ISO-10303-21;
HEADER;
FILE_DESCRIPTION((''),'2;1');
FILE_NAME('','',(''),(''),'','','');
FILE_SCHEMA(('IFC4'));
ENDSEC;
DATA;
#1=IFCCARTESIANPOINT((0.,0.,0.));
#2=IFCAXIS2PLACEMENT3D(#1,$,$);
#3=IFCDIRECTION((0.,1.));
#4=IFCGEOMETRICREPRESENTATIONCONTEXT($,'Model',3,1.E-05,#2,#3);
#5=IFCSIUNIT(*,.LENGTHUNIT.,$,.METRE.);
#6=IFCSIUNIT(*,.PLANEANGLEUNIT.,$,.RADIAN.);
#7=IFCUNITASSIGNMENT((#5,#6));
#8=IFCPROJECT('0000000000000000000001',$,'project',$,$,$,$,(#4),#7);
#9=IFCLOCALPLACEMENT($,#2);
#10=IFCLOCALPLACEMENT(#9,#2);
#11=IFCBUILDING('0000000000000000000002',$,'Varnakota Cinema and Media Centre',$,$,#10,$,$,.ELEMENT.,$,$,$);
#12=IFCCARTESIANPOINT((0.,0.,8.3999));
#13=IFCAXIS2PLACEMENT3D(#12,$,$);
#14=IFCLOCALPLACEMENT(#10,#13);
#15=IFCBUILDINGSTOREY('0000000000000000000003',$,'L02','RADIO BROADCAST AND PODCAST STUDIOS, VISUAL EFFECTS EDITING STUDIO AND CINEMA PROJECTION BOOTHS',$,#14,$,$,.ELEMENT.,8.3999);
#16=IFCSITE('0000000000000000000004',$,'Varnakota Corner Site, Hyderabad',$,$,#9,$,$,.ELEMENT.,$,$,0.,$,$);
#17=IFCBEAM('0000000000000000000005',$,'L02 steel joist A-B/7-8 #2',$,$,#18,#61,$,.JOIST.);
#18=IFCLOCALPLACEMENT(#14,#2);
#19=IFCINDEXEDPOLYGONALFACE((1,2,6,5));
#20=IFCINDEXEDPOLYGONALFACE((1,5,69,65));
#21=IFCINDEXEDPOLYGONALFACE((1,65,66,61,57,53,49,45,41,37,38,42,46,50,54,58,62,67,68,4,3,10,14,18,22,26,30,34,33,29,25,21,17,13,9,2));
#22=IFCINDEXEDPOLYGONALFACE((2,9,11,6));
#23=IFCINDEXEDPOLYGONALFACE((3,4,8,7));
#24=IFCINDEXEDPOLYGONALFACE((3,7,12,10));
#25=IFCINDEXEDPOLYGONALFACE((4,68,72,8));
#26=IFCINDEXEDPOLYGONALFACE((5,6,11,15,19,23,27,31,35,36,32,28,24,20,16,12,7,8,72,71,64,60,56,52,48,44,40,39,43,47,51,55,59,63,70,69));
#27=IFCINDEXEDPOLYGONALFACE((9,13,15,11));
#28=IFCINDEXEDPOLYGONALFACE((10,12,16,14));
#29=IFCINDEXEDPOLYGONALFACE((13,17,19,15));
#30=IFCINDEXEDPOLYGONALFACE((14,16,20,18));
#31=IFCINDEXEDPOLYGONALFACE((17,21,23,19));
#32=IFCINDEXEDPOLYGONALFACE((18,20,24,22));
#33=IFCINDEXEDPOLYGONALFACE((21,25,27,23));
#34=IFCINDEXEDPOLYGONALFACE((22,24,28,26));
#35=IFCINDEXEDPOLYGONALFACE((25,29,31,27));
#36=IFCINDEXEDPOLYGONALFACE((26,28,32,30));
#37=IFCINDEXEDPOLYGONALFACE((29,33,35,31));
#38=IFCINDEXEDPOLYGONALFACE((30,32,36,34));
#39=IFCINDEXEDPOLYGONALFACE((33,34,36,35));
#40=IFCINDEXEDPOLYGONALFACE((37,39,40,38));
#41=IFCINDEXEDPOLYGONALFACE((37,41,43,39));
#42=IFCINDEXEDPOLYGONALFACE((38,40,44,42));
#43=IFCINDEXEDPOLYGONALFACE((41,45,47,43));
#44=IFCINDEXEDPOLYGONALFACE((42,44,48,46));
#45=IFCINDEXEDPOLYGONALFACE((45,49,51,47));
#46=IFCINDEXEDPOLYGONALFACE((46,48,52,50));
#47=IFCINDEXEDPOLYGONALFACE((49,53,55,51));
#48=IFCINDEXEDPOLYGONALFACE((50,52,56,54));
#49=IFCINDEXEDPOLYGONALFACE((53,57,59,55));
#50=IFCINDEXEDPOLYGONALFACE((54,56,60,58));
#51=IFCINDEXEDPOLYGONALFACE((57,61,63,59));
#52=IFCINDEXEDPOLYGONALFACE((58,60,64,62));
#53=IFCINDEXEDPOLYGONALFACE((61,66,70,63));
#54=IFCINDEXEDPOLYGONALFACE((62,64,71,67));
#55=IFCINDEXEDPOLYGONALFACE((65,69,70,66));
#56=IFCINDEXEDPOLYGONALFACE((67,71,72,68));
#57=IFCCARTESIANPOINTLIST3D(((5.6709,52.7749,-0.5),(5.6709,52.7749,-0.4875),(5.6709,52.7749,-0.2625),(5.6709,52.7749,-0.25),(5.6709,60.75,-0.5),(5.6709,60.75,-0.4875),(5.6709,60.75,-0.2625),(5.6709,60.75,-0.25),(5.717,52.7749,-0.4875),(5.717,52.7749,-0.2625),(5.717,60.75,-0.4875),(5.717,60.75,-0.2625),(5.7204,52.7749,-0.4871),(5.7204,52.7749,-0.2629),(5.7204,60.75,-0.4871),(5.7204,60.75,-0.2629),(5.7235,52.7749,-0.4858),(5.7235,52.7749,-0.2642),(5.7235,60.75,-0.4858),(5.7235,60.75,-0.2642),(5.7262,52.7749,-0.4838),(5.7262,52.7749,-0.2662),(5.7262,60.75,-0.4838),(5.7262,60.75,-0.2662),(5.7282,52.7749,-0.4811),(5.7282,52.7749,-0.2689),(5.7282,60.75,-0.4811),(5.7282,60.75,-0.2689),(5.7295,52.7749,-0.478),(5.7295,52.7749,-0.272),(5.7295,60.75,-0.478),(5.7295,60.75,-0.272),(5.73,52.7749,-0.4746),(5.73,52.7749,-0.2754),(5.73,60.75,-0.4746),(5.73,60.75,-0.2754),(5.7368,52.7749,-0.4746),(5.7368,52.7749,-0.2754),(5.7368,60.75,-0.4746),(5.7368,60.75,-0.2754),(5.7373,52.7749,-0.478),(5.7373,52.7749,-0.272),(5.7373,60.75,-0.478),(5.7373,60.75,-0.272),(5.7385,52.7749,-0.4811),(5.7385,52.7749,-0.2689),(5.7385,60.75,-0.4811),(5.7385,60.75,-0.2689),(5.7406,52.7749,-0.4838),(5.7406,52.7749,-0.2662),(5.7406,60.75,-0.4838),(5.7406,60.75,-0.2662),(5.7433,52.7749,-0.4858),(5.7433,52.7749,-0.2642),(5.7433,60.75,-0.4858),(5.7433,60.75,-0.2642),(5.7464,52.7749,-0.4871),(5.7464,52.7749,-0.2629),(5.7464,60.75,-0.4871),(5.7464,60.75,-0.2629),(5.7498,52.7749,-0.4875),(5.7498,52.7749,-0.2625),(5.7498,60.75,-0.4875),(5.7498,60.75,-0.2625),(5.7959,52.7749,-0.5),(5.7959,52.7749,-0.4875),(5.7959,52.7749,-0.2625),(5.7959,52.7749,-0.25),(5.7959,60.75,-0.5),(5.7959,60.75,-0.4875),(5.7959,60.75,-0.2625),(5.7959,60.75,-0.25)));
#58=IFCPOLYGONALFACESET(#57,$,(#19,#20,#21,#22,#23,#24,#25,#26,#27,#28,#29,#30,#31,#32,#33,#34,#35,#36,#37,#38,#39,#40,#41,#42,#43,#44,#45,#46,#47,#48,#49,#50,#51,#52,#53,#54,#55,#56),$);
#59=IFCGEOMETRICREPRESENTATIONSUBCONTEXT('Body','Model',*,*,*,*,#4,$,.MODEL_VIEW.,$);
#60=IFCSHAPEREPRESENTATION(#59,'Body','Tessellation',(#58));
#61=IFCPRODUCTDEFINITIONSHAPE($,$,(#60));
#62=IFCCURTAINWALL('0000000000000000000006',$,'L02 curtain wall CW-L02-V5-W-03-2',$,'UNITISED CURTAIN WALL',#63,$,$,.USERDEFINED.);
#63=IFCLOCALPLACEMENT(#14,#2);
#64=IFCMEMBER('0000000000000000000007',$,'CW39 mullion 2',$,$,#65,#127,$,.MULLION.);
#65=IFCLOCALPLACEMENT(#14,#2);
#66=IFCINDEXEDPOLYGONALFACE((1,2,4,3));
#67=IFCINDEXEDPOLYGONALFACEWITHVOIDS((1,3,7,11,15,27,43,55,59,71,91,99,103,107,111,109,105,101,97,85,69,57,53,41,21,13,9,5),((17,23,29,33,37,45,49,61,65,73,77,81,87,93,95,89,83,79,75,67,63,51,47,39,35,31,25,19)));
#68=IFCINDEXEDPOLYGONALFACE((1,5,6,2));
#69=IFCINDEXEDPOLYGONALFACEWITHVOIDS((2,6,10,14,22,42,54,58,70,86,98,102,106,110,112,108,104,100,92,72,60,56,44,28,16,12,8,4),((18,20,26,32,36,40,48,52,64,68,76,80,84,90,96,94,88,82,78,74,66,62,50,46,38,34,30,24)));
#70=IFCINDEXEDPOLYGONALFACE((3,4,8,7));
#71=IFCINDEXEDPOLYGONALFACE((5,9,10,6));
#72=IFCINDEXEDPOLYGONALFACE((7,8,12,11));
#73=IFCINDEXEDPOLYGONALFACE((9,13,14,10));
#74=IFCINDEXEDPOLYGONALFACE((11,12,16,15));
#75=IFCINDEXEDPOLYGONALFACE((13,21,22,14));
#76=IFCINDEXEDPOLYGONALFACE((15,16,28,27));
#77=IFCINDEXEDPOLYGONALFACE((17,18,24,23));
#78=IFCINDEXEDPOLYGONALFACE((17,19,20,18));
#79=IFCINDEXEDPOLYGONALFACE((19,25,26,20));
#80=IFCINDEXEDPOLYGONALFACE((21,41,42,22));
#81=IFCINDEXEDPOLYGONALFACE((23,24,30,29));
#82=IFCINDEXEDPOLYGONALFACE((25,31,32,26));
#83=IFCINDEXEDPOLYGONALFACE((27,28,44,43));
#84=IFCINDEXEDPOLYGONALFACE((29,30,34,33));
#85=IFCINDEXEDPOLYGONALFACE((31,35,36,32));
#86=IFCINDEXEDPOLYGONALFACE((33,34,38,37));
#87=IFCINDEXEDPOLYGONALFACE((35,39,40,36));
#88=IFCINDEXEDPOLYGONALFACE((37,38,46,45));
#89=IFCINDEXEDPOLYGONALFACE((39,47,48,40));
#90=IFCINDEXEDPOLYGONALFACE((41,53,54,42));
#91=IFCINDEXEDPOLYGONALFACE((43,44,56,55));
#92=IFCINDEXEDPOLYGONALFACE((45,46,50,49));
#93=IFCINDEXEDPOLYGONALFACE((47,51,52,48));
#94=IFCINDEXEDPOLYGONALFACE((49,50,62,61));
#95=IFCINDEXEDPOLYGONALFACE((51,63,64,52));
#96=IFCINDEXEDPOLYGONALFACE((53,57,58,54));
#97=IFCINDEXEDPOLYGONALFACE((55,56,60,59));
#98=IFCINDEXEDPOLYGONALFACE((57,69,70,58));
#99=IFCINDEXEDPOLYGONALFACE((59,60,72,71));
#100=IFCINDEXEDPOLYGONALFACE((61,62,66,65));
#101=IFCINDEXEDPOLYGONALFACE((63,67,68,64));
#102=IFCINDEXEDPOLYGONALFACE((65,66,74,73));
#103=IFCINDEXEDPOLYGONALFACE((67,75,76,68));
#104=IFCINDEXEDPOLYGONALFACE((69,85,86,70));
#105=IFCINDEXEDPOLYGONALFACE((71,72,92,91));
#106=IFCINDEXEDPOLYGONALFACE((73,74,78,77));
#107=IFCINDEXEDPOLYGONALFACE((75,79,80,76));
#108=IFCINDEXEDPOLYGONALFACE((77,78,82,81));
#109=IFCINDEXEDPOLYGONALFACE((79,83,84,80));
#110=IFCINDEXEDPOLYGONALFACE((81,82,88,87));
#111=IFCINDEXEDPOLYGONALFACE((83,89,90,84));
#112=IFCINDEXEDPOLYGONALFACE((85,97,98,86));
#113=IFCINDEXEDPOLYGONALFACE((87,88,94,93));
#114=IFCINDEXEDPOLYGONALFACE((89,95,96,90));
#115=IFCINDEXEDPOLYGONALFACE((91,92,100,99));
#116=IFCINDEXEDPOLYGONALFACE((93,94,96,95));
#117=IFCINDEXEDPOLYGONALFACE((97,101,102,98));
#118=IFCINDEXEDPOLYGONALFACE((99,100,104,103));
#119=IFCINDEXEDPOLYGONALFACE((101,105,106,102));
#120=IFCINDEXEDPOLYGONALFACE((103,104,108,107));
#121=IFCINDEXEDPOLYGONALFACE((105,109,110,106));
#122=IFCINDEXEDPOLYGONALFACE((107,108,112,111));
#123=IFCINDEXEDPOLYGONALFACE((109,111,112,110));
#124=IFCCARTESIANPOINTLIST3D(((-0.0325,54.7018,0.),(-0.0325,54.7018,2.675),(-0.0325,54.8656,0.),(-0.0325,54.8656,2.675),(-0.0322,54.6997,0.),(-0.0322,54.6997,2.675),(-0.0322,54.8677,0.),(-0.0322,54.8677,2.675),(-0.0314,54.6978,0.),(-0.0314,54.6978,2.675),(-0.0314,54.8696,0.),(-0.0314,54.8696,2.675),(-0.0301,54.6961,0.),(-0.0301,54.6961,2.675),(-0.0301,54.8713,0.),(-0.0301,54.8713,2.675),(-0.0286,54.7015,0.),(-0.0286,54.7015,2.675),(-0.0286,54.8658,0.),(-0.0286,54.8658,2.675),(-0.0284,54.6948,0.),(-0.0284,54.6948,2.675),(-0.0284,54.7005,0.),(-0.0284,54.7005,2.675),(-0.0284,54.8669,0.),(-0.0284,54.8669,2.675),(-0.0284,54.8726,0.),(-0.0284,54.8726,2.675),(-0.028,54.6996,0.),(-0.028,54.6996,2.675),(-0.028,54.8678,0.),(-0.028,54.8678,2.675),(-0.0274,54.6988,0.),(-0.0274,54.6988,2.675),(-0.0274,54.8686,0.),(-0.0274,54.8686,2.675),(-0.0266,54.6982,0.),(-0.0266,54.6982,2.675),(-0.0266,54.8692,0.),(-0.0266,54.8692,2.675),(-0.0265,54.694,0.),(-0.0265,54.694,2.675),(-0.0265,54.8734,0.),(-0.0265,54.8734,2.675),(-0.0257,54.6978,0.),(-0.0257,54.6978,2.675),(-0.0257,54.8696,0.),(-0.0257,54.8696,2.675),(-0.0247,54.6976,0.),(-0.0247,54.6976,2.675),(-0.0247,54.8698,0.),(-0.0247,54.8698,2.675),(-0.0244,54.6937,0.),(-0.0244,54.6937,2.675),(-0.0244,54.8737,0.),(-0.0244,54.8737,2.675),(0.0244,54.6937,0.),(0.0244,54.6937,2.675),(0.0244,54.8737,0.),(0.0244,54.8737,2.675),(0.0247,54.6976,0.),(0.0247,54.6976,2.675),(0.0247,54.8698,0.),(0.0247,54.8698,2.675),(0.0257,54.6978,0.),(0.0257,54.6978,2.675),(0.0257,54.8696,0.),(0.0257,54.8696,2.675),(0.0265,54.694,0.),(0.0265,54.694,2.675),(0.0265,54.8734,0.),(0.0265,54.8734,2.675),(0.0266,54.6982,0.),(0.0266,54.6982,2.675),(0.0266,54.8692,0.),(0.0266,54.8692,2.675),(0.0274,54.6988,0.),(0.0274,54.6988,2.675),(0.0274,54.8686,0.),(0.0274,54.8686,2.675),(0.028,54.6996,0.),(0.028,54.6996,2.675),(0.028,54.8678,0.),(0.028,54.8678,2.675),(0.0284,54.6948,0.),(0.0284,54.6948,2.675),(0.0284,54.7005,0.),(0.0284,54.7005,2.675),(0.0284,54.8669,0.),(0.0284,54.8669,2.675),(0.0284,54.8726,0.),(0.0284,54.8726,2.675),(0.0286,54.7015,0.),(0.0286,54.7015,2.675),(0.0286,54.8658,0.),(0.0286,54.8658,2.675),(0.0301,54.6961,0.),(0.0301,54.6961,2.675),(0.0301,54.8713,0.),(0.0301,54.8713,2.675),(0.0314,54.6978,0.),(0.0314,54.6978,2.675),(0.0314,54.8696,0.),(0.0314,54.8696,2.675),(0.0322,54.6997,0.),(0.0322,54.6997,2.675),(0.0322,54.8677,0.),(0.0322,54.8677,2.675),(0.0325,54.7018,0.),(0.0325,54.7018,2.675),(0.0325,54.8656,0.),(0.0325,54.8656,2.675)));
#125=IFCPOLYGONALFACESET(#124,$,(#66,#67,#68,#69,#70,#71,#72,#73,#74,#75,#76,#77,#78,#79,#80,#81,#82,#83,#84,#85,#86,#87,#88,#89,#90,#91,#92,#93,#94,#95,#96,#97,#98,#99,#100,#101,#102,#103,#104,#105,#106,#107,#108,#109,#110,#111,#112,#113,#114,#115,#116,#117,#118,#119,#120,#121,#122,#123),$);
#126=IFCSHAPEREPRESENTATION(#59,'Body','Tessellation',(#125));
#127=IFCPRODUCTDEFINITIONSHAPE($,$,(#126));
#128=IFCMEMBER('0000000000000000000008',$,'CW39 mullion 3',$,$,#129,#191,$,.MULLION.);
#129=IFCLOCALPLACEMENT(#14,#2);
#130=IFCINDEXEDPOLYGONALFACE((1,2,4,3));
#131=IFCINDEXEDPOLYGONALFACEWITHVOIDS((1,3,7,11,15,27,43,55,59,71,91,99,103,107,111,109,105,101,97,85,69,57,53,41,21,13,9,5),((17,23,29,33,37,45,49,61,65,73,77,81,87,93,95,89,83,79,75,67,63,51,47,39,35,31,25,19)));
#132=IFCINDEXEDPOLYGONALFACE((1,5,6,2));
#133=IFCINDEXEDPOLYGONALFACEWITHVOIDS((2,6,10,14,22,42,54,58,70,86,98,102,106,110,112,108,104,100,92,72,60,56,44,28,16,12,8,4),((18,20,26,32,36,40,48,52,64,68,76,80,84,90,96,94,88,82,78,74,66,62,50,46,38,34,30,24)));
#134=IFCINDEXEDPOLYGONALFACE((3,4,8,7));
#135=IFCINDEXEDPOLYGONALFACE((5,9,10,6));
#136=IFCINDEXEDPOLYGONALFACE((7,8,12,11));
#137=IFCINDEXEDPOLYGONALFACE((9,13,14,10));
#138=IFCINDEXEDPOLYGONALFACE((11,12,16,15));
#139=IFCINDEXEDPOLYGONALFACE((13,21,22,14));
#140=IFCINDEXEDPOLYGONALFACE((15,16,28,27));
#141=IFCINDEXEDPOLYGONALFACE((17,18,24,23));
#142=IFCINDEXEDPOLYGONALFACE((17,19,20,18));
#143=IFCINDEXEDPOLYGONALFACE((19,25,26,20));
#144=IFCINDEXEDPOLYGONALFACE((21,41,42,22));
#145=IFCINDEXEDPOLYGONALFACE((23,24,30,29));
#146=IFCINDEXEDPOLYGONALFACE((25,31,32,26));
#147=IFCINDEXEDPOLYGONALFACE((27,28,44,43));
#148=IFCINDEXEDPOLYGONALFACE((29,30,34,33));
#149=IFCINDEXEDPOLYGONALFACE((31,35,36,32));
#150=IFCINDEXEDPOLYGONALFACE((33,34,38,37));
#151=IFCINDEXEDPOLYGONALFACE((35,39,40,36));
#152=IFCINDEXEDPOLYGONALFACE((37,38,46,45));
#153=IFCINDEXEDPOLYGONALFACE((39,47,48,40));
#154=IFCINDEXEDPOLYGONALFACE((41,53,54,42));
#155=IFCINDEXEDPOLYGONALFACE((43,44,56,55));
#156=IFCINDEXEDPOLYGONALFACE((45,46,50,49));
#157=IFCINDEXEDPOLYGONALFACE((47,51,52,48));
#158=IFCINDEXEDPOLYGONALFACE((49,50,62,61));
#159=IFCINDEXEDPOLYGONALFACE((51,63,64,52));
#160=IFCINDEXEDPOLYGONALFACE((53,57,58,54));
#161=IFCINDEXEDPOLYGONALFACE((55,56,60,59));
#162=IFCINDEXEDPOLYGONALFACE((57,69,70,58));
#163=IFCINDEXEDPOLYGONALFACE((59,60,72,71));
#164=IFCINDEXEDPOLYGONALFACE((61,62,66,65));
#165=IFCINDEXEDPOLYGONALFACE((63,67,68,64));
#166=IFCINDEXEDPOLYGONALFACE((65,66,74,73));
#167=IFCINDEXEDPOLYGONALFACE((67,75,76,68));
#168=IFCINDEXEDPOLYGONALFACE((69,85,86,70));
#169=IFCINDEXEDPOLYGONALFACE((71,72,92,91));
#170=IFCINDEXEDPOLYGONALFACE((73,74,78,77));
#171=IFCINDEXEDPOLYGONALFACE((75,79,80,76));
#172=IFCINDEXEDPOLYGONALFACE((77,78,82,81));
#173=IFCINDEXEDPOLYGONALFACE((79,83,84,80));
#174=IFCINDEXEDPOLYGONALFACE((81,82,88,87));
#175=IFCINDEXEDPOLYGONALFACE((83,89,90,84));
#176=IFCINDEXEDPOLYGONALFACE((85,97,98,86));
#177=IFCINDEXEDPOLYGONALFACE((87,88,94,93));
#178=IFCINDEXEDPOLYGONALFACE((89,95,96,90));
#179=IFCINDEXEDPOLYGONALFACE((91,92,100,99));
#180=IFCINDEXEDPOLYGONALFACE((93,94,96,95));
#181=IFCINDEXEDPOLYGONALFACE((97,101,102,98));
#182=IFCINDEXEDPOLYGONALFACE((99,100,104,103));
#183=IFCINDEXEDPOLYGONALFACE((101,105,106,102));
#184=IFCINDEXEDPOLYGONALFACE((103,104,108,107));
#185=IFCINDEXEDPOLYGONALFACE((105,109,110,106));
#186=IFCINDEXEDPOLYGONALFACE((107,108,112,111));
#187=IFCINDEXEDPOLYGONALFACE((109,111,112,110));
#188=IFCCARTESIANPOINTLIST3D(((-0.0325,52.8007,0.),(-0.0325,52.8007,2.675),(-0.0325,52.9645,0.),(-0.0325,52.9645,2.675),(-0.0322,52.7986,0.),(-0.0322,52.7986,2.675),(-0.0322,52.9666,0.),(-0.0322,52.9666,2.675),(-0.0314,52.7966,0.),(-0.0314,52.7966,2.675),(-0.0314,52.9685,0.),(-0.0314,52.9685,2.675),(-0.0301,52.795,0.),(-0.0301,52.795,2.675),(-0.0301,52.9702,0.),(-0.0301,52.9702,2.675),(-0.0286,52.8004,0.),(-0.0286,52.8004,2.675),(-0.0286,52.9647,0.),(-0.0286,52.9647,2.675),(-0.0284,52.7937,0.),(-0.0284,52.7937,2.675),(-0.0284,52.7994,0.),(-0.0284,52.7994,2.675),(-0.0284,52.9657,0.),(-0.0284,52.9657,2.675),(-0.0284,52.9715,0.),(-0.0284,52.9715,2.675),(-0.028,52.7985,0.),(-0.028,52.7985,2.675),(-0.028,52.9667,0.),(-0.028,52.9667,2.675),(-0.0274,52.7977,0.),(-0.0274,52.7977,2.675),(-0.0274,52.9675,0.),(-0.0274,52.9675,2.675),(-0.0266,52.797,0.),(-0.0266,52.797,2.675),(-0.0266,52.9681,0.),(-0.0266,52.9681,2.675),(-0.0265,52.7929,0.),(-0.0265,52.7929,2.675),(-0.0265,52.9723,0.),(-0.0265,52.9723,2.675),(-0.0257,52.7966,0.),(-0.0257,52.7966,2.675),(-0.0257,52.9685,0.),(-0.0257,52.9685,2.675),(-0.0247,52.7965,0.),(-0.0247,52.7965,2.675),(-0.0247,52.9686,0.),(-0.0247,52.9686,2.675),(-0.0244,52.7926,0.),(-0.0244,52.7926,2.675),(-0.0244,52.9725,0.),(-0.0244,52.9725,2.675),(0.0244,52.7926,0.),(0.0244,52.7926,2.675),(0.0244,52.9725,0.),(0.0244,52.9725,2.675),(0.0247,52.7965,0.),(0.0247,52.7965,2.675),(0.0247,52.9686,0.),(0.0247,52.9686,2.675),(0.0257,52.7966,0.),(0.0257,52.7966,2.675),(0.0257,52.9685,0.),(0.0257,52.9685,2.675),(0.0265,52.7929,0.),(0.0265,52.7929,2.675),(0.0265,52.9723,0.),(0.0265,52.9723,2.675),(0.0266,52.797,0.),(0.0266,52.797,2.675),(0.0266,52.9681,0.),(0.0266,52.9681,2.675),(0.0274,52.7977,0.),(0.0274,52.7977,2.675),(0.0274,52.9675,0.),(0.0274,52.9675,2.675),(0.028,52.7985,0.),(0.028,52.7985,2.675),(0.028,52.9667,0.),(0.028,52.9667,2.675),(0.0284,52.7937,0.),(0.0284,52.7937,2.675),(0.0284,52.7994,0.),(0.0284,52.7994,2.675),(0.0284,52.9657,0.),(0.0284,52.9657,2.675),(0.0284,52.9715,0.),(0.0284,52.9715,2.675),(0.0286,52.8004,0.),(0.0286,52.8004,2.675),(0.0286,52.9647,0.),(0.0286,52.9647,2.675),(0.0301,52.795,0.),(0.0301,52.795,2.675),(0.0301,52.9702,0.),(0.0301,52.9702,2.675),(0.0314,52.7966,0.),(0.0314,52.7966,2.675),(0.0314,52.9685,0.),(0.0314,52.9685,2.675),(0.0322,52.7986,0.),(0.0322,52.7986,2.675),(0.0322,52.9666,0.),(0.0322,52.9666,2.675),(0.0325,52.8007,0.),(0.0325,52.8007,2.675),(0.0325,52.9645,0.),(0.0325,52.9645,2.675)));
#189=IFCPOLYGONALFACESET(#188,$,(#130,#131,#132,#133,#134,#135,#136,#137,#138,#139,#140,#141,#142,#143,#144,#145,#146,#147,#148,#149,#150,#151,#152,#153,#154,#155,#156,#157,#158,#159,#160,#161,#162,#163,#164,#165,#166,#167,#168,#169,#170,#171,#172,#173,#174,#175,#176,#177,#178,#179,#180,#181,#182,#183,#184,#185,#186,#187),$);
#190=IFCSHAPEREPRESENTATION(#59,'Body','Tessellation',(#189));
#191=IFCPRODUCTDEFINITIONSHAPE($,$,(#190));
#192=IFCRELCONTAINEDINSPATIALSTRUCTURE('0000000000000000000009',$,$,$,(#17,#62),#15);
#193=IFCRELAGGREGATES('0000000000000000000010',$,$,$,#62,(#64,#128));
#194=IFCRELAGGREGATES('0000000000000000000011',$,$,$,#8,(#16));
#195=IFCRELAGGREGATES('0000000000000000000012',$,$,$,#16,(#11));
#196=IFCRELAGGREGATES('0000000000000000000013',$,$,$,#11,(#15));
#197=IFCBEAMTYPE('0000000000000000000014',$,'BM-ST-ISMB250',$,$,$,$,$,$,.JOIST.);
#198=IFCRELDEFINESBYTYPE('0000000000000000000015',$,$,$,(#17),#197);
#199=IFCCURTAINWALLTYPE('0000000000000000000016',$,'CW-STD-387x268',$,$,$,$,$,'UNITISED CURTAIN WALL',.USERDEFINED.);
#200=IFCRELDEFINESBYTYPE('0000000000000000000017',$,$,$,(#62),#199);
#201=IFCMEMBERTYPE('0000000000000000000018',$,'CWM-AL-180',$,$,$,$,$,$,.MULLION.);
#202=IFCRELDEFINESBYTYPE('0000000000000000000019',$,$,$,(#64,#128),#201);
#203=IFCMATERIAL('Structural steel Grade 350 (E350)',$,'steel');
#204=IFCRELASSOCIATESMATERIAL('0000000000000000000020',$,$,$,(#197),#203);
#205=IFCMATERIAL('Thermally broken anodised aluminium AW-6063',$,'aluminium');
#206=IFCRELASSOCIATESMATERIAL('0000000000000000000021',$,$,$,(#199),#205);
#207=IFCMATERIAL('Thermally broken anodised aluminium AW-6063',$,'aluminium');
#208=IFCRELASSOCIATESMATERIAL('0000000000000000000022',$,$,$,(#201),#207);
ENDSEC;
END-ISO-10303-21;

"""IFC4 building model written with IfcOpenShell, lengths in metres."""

from ifc_helpers import new_model, si_unit, direction, frame, origin, origin_2d, place, context, subcontext, project, spatial, hollow_rectangle, i_section, extrude, material, material_profile, profile_set, type_object, element, aggregate, save


model = new_model("IFC4")

# Units and contexts
model_context = context("Model", 3, precision=1e-05, world=origin(), true_north=direction((0.0, 1.0)))
body_context = subcontext(model_context, "Body", "Model", "MODEL_VIEW")
ifc_project = project(units=[si_unit("LENGTHUNIT", "METRE"), si_unit("PLANEANGLEUNIT", "RADIAN")], contexts=[model_context])

# Site, building, storey
site_placement = place(None, origin())
site = spatial("IfcSite", under=ifc_project, at=site_placement, Name="Varnakota Corner Site, Hyderabad", CompositionType="ELEMENT", RefElevation=0.0)
building_placement = place(site_placement, origin())
building = spatial("IfcBuilding", under=site, at=building_placement, Name="Varnakota Cinema and Media Centre", CompositionType="ELEMENT")
storey_placement = place(building_placement, frame((0.0, 0.0, 8.3999)))
storey = spatial("IfcBuildingStorey", under=building, at=storey_placement, Name="L02", Description="RADIO BROADCAST AND PODCAST STUDIOS, VISUAL EFFECTS EDITING STUDIO AND CINEMA PROJECTION BOOTHS", CompositionType="ELEMENT", Elevation=8.3999)

# Beam
ifc_material_1 = material(Name="Structural steel Grade 350 (E350)", Category="steel")
ifc_material_profile_1 = material_profile(ifc_material_1, i_section(OverallWidth=0.125, OverallDepth=0.25, WebThickness=0.0068, FlangeThickness=0.0125, FilletRadius=0.0129, at=origin_2d()), Name="ISMB 250")
ifc_profile_set_1 = profile_set([ifc_material_profile_1], Name="Structural steel Grade 350 (E350)")
beam_type_1 = type_object("IfcBeamType", Name="BM-ST-ISMB250", PredefinedType="JOIST", material=ifc_profile_set_1)
for number, where, z_axis, x_axis, name in (
    (1, (5.7334, 52.7749, -0.375), (0.0, 1.0, 0.0), (-1.0, 0.0, 0.0), "L02 steel joist A-B/7-8 #2"),
):
    element("IfcBeam", number, at=place(storey_placement, frame(where, z_axis=z_axis, x_axis=x_axis)), inside=storey, type_object=beam_type_1, Name=name, PredefinedType="JOIST", context=body_context, shape_type="SweptSolid", body=[
        extrude(i_section(OverallWidth=0.125, OverallDepth=0.25, WebThickness=0.0068, FlangeThickness=0.0125, FilletRadius=0.0129, at=origin_2d()), origin(), (0.0, 0.0, 1.0), 7.9751),
    ])

# Curtain wall, members
ifc_material_2 = material(Name="Thermally broken anodised aluminium AW-6063", Category="aluminium")
curtain_wall_type = type_object("IfcCurtainWallType", Name="CW-STD-387x268", ElementType="UNITISED CURTAIN WALL", PredefinedType="USERDEFINED", material=ifc_material_2)
curtain_wall_placement = place(storey_placement, origin())
curtain_wall = element("IfcCurtainWall", 2, at=curtain_wall_placement, inside=storey, type_object=curtain_wall_type, Name="L02 curtain wall CW-L02-V5-W-03-2", ObjectType="UNITISED CURTAIN WALL", PredefinedType="USERDEFINED")
ifc_material_3 = material(Name="Thermally broken anodised aluminium AW-6063", Category="aluminium")
ifc_material_profile_2 = material_profile(ifc_material_3, hollow_rectangle(XDim=0.0649, YDim=0.1799, WallThickness=0.0039, InnerFilletRadius=0.0039, OuterFilletRadius=0.0081, at=origin_2d()), Name="AL-MULLION 180x65x4")
ifc_profile_set_2 = profile_set([ifc_material_profile_2], Name="Thermally broken anodised aluminium AW-6063")
member_type_1 = type_object("IfcMemberType", Name="CWM-AL-180", PredefinedType="MULLION", material=ifc_profile_set_2)
member_1_placement = place(storey_placement, frame((0.0, 54.7837, 0.0), z_axis=(0.0, 0.0, 1.0), x_axis=(1.0, 0.0, 0.0)))
member_1 = element("IfcMember", 3, at=member_1_placement, type_object=member_type_1, Name="CW39 mullion 2", PredefinedType="MULLION", context=body_context, shape_type="SweptSolid", body=[
    extrude(hollow_rectangle(XDim=0.0649, YDim=0.1799, WallThickness=0.0039, InnerFilletRadius=0.0039, OuterFilletRadius=0.0081, at=origin_2d()), origin(), (0.0, 0.0, 1.0), 2.675),
])
member_2_placement = place(storey_placement, frame((0.0, 52.8826, 0.0), z_axis=(0.0, 0.0, 1.0), x_axis=(1.0, 0.0, 0.0)))
member_2 = element("IfcMember", 4, at=member_2_placement, type_object=member_type_1, Name="CW39 mullion 3", PredefinedType="MULLION", context=body_context, shape_type="SweptSolid", body=[
    extrude(hollow_rectangle(XDim=0.0649, YDim=0.1799, WallThickness=0.0039, InnerFilletRadius=0.0039, OuterFilletRadius=0.0081, at=origin_2d()), origin(), (0.0, 0.0, 1.0), 2.675),
])
aggregate(curtain_wall, [member_1, member_2])

save(model, "model.ifc")
